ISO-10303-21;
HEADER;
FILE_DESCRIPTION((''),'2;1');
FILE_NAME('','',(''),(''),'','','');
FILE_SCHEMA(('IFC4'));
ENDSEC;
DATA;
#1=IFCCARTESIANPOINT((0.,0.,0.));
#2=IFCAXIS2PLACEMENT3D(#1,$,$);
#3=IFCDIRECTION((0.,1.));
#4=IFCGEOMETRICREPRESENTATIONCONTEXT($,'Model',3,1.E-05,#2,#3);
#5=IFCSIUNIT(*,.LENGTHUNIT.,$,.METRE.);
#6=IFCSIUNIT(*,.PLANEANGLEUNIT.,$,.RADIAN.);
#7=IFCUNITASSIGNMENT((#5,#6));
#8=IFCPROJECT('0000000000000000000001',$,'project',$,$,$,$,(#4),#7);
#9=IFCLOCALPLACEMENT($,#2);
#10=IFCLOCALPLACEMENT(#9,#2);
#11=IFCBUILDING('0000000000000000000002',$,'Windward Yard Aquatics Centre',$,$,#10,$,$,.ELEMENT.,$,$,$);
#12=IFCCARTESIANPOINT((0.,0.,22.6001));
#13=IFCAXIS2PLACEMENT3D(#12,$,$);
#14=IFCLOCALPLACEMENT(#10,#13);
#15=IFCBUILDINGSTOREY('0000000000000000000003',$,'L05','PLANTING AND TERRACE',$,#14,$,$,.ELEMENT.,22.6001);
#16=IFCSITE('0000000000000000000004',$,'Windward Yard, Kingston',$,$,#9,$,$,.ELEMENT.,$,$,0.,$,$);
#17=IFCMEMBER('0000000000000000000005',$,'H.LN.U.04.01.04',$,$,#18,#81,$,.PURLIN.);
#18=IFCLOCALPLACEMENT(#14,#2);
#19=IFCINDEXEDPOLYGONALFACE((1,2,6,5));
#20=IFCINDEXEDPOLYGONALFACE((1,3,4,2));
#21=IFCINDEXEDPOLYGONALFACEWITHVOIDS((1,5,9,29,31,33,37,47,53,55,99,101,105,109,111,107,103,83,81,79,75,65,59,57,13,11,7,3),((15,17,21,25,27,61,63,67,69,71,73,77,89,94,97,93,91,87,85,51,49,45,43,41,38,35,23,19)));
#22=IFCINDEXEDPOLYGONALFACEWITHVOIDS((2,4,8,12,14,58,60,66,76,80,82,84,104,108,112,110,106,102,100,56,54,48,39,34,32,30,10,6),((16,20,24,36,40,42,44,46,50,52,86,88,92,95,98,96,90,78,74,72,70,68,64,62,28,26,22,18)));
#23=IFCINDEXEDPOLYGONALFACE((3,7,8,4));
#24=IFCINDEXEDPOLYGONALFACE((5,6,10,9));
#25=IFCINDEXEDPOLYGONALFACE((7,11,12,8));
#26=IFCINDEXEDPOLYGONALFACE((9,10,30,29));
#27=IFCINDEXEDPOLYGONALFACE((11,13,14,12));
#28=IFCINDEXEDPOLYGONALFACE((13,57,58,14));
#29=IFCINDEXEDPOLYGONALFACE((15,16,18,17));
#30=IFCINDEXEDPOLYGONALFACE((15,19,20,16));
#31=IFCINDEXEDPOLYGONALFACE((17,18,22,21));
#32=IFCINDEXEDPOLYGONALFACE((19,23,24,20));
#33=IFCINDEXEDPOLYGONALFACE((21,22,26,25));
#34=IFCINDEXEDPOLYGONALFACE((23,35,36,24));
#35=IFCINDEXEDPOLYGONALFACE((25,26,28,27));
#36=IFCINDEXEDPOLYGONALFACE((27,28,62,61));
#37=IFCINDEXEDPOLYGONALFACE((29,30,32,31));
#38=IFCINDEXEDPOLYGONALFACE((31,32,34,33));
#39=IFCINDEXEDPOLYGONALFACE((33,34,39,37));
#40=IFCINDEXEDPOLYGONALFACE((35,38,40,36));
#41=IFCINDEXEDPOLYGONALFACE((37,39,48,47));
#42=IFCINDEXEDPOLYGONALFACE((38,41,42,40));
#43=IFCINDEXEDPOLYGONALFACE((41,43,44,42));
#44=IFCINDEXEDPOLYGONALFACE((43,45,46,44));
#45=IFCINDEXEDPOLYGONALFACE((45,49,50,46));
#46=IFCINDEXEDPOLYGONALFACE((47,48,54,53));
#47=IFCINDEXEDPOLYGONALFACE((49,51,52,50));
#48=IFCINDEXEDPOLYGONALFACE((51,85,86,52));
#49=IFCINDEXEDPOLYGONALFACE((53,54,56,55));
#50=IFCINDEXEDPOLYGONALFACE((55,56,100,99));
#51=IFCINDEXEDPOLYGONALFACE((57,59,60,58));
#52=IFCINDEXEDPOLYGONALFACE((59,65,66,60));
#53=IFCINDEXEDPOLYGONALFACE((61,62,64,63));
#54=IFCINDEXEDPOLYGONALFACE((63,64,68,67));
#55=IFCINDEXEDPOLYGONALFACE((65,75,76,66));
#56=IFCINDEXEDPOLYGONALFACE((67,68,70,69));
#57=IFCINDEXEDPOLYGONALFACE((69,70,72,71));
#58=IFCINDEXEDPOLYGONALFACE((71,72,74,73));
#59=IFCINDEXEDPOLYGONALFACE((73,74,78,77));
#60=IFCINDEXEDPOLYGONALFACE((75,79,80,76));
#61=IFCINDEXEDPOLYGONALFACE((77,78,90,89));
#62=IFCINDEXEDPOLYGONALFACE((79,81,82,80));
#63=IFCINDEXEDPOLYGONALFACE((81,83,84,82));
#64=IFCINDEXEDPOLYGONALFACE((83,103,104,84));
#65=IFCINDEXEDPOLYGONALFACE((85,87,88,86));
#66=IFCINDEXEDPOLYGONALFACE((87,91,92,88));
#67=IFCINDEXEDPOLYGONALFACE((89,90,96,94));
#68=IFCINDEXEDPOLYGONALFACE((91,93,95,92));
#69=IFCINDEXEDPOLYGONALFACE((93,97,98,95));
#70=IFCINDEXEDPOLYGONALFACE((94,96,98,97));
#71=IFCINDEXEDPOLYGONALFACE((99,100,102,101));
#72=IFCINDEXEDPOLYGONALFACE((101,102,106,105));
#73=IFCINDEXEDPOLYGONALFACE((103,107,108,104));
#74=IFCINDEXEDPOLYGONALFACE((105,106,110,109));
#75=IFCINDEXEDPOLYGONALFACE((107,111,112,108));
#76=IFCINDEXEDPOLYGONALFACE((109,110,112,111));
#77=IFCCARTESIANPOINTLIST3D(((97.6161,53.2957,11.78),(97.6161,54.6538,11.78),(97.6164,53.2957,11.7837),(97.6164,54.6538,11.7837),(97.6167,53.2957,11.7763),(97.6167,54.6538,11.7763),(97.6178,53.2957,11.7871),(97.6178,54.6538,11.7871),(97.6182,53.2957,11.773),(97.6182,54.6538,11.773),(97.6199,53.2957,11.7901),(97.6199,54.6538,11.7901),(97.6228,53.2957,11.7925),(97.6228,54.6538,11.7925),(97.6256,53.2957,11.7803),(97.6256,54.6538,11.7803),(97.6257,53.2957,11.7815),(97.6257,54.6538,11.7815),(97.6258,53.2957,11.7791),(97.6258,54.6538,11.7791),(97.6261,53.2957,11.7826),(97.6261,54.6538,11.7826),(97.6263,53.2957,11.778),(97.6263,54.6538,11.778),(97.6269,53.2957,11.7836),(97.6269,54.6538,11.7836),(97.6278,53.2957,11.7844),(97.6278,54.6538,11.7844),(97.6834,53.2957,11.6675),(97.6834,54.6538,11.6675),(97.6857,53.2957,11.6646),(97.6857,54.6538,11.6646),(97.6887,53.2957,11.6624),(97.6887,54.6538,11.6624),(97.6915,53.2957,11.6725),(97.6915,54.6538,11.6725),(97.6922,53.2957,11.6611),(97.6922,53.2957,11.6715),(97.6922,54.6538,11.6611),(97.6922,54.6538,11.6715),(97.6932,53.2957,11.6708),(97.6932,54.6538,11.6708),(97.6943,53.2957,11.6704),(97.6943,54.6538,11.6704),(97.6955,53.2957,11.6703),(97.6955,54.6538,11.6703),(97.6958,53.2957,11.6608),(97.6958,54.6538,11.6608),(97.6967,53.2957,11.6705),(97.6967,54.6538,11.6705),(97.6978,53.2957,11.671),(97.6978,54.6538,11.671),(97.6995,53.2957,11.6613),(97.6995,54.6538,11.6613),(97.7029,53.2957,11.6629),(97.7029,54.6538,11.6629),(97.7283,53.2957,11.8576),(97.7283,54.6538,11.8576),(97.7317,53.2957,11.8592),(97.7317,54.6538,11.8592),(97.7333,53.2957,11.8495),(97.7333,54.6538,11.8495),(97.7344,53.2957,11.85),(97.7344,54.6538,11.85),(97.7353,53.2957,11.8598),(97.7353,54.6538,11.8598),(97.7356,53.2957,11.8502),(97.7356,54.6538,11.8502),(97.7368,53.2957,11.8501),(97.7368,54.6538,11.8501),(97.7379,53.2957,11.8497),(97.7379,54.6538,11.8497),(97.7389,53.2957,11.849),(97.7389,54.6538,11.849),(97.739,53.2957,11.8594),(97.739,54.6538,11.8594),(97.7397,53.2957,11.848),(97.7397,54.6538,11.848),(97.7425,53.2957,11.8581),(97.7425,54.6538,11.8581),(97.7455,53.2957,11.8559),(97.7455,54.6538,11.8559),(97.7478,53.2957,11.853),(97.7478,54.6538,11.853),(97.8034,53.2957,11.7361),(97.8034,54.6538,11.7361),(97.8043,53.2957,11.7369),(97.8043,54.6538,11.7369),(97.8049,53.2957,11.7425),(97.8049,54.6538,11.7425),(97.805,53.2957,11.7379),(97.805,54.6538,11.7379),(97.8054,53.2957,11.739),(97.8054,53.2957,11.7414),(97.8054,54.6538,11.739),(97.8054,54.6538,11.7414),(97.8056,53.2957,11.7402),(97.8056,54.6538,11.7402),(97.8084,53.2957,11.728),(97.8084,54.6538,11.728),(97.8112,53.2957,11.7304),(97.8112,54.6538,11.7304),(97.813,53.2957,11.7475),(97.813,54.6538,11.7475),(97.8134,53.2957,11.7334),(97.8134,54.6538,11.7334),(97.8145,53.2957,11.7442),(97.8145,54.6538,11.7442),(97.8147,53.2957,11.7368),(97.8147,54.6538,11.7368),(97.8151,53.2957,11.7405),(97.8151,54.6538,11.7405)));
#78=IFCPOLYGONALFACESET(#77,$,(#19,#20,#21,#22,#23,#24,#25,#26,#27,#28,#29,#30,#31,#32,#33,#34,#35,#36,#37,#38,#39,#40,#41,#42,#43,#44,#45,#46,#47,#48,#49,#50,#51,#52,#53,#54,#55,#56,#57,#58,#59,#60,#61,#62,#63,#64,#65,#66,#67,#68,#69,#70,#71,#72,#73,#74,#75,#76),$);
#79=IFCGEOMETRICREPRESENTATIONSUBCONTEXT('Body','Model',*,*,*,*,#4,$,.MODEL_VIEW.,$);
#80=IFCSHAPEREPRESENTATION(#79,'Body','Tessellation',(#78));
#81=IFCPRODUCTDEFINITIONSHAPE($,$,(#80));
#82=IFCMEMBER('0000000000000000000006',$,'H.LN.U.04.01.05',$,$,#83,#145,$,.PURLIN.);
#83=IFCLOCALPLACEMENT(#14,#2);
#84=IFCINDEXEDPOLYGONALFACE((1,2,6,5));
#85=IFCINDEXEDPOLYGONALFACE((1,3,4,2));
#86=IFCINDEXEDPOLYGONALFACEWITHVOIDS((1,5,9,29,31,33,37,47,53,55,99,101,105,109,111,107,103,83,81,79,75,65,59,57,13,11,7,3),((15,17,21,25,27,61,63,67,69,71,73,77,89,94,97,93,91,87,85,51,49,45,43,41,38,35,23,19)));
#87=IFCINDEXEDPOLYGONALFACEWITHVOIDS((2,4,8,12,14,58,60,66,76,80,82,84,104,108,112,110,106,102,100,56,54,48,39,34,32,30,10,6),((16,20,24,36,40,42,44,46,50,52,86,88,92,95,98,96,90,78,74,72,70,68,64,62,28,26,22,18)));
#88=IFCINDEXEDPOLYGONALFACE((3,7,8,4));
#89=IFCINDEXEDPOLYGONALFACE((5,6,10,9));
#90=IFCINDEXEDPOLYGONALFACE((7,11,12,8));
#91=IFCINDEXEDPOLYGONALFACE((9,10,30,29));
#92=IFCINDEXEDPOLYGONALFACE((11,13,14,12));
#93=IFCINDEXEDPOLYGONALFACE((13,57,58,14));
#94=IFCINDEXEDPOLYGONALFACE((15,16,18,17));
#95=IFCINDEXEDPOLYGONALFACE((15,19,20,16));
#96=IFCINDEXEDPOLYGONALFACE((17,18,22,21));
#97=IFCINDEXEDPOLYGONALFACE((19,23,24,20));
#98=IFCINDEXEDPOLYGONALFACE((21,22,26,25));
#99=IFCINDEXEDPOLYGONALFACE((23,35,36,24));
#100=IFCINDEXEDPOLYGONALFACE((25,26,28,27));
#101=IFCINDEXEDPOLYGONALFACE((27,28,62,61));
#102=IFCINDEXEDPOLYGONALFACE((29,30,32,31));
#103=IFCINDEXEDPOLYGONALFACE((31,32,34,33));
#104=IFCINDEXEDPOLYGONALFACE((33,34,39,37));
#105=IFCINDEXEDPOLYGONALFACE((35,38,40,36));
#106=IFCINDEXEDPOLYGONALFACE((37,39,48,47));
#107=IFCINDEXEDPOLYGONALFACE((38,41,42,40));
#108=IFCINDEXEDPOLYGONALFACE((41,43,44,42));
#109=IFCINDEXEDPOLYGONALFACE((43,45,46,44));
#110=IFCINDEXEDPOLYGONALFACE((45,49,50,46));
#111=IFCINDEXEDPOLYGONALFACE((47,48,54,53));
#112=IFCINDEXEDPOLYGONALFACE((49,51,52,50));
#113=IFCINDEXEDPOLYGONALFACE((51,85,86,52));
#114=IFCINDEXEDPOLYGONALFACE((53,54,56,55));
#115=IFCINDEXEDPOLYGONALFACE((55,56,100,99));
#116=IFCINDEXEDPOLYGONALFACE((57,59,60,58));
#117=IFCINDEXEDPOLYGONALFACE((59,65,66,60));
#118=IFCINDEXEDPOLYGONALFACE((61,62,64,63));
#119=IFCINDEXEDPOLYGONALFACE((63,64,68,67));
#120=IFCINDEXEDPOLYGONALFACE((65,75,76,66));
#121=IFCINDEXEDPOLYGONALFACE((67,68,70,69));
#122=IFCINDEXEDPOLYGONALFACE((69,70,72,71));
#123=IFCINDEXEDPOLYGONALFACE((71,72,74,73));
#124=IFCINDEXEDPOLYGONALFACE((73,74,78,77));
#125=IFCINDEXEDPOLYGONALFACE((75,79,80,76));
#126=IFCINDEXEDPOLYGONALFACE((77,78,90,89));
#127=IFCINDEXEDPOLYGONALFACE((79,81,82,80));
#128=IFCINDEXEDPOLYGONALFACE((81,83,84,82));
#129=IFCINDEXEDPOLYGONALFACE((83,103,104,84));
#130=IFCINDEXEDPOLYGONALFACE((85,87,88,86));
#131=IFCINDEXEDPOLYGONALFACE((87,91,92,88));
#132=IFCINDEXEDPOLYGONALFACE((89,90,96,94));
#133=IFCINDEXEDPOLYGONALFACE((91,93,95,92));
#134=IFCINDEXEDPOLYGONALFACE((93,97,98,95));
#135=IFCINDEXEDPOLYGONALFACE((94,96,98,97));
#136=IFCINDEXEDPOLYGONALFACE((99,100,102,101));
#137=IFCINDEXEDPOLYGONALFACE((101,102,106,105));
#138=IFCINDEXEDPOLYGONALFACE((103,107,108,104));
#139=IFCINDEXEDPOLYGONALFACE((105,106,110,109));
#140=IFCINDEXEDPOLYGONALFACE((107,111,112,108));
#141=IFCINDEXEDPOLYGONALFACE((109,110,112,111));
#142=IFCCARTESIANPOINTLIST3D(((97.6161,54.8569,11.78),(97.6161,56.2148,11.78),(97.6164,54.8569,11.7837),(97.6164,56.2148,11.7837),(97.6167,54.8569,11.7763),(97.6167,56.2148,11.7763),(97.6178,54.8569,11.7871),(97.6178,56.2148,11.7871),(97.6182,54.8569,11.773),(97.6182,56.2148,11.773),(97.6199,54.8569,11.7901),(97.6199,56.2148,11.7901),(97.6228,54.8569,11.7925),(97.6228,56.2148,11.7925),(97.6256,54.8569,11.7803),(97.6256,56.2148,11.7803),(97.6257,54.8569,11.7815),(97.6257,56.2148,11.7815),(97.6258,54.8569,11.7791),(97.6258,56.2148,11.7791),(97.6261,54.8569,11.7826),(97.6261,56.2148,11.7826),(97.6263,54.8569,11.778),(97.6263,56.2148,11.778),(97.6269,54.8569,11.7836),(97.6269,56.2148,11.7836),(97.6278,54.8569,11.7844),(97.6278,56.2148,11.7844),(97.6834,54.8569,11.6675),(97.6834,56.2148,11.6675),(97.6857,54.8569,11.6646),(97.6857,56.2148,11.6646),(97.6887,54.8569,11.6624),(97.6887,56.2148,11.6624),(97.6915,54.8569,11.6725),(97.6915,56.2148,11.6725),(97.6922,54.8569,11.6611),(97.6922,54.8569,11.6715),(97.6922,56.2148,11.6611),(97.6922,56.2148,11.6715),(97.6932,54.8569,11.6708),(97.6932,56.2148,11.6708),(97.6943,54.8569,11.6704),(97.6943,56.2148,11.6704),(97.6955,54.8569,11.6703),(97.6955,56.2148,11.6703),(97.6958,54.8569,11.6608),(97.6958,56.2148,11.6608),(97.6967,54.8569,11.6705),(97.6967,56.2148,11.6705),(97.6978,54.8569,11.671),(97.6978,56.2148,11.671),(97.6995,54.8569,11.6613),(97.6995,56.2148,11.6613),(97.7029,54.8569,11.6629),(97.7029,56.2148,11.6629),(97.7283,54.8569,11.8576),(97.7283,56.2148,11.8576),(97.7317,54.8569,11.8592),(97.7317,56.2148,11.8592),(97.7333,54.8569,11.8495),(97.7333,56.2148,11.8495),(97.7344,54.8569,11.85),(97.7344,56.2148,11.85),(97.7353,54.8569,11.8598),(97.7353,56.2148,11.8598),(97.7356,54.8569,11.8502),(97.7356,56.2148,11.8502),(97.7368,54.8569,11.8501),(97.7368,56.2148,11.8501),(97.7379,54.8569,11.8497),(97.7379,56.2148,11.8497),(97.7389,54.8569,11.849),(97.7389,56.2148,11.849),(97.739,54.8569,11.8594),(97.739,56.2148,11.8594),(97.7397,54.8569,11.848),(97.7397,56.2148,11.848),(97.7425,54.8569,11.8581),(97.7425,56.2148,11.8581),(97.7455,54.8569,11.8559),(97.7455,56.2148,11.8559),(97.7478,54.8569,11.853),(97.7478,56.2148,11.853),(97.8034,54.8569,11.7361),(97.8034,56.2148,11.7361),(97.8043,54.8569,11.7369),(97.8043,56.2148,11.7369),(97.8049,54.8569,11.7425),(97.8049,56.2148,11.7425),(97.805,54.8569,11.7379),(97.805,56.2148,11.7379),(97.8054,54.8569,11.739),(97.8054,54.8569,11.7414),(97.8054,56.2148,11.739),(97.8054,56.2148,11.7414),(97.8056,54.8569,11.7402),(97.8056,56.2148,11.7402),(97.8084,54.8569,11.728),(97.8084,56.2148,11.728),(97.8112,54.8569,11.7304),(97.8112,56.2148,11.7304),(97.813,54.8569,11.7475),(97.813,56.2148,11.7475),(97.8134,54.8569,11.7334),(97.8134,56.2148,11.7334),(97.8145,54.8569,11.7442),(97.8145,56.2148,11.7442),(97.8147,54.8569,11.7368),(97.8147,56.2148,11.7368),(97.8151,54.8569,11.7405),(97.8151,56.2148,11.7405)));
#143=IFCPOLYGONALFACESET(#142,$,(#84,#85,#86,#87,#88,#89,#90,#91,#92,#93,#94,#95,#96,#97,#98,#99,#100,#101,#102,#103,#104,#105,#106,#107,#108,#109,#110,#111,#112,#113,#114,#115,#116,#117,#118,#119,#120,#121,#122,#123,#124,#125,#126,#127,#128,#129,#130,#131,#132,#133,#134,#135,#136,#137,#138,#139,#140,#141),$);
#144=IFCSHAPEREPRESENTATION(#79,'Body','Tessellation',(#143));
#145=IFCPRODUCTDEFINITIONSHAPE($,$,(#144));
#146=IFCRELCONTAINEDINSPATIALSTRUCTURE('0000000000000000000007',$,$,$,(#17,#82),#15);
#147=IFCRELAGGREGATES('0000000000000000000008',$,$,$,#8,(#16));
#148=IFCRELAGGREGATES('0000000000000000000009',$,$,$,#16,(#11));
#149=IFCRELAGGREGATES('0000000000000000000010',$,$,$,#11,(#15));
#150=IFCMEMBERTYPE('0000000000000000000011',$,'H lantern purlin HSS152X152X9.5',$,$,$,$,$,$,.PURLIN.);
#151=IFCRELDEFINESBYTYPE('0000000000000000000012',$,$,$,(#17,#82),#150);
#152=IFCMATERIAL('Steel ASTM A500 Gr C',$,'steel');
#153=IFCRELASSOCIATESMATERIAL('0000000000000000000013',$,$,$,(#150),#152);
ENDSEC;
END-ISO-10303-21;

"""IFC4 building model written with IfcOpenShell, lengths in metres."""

from ifc_helpers import new_model, si_unit, direction, frame, origin, origin_2d, place, context, subcontext, project, spatial, hollow_rectangle, extrude, material, material_profile, profile_set, type_object, element, save


model = new_model("IFC4")

# Units and contexts
model_context = context("Model", 3, precision=1e-05, world=origin(), true_north=direction((0.0, 1.0)))
body_context = subcontext(model_context, "Body", "Model", "MODEL_VIEW")
ifc_project = project(units=[si_unit("LENGTHUNIT", "METRE"), si_unit("PLANEANGLEUNIT", "RADIAN")], contexts=[model_context])

# Site, building, storey
site_placement = place(None, origin())
site = spatial("IfcSite", under=ifc_project, at=site_placement, Name="Windward Yard, Kingston", CompositionType="ELEMENT", RefElevation=0.0)
building_placement = place(site_placement, origin())
building = spatial("IfcBuilding", under=site, at=building_placement, Name="Windward Yard Aquatics Centre", CompositionType="ELEMENT")
storey_placement = place(building_placement, frame((0.0, 0.0, 22.6001)))
storey = spatial("IfcBuildingStorey", under=building, at=storey_placement, Name="L05", Description="PLANTING AND TERRACE", CompositionType="ELEMENT", Elevation=22.6001)

# Members
ifc_material_1 = material(Name="Steel ASTM A500 Gr C", Category="steel")
ifc_material_profile_1 = material_profile(ifc_material_1, hollow_rectangle(XDim=0.1523, YDim=0.1523, WallThickness=0.0095, InnerFilletRadius=0.0046, OuterFilletRadius=0.0142, at=origin_2d()), Name="HSS152X152X9.5")
ifc_profile_set_1 = profile_set([ifc_material_profile_1], Name="Steel ASTM A500 Gr C")
member_type_1 = type_object("IfcMemberType", Name="H lantern purlin HSS152X152X9.5", PredefinedType="PURLIN", material=ifc_profile_set_1)
member_1_placement = place(storey_placement, frame((97.7156, 53.2957, 11.7603), z_axis=(0.0, 1.0, 0.0), x_axis=(-0.850755, 0.0, -0.525562)))
element("IfcMember", 1, at=member_1_placement, inside=storey, type_object=member_type_1, Name="H.LN.U.04.01.04", PredefinedType="PURLIN", context=body_context, shape_type="SweptSolid", body=[
    extrude(hollow_rectangle(XDim=0.1523, YDim=0.1523, WallThickness=0.0095, InnerFilletRadius=0.0046, OuterFilletRadius=0.0142, at=origin_2d()), origin(), (0.0, 0.0, 1.0), 1.3582),
])
member_2_placement = place(storey_placement, frame((97.7156, 54.8569, 11.7603), z_axis=(0.0, 1.0, 0.0), x_axis=(-0.850755, 0.0, -0.525562)))
element("IfcMember", 2, at=member_2_placement, inside=storey, type_object=member_type_1, Name="H.LN.U.04.01.05", PredefinedType="PURLIN", context=body_context, shape_type="SweptSolid", body=[
    extrude(hollow_rectangle(XDim=0.1523, YDim=0.1523, WallThickness=0.0095, InnerFilletRadius=0.0046, OuterFilletRadius=0.0142, at=origin_2d()), origin(), (0.0, 0.0, 1.0), 1.3579),
])

save(model, "model.ifc")
